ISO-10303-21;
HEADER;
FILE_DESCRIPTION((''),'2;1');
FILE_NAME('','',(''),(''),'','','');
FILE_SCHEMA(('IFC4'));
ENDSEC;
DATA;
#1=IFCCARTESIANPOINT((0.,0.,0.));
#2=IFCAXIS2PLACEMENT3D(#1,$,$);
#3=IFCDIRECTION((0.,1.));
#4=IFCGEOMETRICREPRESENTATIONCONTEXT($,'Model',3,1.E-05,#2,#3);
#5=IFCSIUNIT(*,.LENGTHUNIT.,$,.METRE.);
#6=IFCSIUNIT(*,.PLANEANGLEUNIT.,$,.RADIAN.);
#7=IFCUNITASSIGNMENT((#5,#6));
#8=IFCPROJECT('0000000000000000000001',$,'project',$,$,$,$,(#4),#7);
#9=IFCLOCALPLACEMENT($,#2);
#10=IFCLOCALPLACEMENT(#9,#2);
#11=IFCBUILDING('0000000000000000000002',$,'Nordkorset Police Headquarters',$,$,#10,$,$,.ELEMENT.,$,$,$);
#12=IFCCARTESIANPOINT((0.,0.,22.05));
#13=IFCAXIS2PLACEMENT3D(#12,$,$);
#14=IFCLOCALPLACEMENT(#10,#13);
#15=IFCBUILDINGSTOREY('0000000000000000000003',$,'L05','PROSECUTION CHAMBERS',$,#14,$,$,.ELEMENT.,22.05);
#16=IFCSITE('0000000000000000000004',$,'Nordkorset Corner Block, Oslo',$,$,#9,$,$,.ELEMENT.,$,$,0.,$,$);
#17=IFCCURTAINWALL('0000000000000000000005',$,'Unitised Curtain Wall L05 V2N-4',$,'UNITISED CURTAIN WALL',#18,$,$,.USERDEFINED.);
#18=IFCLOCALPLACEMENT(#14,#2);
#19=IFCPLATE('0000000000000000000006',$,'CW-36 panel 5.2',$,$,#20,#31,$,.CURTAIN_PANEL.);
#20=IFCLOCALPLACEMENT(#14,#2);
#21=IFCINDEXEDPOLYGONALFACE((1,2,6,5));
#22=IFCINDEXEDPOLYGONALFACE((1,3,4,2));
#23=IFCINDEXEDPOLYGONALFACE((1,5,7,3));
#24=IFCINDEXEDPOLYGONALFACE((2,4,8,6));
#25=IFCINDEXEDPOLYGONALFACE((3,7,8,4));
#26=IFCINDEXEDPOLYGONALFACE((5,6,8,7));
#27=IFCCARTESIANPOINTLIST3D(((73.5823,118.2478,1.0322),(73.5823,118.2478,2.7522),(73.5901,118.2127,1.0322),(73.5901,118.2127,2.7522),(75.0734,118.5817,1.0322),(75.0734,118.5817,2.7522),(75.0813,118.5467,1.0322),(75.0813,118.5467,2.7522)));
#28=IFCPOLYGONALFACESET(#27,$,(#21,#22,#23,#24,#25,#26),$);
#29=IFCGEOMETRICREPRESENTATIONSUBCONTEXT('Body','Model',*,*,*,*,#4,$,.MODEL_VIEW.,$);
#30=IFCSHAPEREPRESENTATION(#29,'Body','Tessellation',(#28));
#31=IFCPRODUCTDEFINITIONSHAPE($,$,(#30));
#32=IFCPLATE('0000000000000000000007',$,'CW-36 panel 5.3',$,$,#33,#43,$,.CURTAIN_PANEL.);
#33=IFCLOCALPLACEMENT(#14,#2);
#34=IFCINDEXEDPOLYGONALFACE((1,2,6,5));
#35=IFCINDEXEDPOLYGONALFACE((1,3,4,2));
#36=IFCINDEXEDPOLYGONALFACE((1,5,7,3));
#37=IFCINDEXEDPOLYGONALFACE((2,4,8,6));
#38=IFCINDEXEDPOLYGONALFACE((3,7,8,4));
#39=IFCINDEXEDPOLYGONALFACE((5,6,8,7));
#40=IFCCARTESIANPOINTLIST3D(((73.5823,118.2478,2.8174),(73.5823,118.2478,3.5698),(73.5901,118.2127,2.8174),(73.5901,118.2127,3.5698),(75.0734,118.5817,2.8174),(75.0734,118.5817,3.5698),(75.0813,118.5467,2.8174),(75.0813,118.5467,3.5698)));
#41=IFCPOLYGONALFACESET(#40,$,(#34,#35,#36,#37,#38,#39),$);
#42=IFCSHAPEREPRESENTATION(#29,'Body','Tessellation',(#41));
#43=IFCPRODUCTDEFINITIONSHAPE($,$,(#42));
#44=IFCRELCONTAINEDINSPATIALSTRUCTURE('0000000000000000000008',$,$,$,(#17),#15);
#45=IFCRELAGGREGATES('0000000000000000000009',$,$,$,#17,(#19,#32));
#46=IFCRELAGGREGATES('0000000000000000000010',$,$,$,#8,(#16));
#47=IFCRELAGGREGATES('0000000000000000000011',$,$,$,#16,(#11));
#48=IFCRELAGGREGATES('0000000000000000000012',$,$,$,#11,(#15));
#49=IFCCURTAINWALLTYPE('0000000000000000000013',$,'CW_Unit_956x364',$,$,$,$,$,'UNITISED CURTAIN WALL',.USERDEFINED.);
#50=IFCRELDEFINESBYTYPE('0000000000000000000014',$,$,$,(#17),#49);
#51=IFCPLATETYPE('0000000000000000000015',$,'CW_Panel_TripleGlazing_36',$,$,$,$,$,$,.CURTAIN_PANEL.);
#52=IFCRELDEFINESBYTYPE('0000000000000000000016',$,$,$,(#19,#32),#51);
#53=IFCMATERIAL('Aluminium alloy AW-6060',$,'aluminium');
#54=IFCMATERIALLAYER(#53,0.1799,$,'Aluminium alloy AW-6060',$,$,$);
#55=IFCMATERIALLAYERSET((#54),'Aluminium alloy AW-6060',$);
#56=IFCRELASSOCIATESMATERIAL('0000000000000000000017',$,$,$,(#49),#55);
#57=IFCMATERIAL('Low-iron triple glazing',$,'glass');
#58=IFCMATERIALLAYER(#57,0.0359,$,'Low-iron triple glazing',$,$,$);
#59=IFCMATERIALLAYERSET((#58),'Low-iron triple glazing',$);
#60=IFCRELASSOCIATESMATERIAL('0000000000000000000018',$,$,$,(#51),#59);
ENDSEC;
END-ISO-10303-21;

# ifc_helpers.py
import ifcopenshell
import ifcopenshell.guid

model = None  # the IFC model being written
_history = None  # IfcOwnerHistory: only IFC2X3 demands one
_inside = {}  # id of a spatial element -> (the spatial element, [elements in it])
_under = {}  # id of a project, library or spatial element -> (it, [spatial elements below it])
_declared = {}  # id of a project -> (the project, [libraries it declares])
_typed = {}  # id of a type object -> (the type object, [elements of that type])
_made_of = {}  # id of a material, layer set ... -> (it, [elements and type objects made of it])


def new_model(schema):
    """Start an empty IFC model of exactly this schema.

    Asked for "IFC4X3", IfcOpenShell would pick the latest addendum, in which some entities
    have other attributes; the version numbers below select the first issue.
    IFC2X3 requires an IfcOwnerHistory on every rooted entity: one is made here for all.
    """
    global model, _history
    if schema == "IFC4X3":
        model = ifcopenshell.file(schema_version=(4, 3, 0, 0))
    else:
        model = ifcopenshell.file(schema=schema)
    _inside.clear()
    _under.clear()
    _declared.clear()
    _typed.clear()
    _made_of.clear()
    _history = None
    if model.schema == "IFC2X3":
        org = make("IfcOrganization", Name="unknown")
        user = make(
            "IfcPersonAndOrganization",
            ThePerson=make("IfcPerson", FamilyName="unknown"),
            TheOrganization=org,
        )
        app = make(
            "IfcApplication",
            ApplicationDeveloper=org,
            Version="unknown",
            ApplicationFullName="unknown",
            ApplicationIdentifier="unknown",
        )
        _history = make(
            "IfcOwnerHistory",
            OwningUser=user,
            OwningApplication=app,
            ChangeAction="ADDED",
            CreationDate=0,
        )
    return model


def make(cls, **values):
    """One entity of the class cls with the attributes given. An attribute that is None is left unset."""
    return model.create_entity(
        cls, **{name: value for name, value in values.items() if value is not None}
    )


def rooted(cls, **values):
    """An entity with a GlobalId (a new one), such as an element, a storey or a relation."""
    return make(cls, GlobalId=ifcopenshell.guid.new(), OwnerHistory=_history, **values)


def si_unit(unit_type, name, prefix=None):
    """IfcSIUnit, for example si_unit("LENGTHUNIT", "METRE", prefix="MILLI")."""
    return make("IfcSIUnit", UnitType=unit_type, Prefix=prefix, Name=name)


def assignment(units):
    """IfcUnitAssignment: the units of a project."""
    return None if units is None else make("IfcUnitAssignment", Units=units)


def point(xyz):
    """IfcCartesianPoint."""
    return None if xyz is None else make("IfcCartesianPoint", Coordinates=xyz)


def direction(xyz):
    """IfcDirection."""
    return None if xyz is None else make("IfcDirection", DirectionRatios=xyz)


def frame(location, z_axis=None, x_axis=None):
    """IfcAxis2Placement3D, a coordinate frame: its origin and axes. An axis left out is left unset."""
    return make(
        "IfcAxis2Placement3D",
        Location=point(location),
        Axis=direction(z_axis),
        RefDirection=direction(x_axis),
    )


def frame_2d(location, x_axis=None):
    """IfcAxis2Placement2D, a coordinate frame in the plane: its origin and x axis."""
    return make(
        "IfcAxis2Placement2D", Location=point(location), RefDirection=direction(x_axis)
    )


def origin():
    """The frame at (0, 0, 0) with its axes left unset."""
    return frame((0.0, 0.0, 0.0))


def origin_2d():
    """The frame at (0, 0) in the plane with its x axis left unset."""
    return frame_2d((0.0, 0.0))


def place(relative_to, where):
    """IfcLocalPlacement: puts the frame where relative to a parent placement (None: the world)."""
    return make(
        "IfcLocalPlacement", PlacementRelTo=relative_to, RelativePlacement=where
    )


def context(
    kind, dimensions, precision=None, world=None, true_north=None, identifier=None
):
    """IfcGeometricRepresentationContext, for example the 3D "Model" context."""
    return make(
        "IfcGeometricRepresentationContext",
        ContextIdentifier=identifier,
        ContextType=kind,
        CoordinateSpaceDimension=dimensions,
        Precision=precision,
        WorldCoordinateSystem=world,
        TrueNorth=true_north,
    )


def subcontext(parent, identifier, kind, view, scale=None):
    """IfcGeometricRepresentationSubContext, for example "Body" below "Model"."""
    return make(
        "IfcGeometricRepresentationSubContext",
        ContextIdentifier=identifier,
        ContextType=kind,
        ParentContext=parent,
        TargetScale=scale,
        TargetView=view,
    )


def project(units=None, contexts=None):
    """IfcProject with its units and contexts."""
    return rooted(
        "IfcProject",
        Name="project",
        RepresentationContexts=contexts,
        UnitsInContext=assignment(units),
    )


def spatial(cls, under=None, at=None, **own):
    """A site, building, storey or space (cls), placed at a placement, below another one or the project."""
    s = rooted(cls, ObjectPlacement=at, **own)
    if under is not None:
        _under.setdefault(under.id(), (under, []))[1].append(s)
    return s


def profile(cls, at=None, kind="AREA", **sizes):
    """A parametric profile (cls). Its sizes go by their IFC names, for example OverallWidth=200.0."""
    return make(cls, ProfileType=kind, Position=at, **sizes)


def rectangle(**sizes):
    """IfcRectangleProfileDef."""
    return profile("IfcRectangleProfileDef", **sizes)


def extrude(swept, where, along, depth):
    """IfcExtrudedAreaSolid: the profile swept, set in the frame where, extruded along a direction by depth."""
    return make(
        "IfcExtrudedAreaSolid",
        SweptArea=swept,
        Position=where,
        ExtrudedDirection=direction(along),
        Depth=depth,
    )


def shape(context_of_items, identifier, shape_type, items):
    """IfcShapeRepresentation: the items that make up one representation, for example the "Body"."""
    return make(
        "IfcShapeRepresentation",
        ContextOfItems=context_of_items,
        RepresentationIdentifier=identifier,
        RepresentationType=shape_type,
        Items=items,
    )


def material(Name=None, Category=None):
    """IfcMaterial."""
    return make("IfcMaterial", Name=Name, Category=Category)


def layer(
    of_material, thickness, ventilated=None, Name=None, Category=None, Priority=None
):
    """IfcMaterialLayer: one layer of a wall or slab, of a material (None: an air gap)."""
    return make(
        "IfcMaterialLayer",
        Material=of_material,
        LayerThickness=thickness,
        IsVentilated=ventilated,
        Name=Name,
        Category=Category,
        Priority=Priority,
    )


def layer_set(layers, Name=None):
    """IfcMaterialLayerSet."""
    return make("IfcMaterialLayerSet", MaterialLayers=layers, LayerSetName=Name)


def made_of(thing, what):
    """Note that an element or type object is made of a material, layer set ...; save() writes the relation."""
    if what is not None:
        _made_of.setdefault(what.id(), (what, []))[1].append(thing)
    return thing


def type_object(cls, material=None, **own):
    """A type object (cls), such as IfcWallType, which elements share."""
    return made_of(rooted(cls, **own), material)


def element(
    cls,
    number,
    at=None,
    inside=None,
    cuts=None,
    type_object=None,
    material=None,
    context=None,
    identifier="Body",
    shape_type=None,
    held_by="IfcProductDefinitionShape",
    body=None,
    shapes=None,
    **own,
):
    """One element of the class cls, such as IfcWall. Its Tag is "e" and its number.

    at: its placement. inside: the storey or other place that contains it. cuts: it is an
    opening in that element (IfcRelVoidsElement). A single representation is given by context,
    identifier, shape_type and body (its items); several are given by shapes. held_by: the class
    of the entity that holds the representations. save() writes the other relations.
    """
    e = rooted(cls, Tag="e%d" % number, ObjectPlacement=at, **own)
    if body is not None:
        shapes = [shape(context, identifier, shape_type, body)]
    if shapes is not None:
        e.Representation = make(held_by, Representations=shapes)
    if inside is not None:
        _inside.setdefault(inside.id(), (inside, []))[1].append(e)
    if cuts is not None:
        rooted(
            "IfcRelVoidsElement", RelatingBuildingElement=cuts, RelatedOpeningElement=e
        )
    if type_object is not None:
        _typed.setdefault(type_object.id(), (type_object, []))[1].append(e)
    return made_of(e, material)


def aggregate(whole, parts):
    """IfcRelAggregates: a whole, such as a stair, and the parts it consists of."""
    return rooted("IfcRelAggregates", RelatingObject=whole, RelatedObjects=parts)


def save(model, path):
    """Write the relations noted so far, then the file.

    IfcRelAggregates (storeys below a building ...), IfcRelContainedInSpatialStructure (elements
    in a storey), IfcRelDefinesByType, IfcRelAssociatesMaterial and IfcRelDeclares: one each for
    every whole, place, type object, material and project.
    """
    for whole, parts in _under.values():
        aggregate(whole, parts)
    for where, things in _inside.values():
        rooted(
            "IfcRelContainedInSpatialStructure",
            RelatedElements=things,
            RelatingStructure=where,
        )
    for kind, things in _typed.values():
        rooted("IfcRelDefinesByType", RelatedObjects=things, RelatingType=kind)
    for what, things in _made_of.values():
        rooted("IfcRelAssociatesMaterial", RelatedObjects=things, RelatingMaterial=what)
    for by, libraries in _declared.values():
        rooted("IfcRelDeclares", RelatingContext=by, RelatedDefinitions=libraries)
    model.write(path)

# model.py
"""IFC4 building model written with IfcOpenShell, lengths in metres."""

from ifc_helpers import new_model, si_unit, direction, frame, origin, origin_2d, place, context, subcontext, project, spatial, rectangle, extrude, material, layer, layer_set, type_object, element, aggregate, save


model = new_model("IFC4")

# Units and contexts
model_context = context("Model", 3, precision=1e-05, world=origin(), true_north=direction((0.0, 1.0)))
body_context = subcontext(model_context, "Body", "Model", "MODEL_VIEW")
ifc_project = project(units=[si_unit("LENGTHUNIT", "METRE"), si_unit("PLANEANGLEUNIT", "RADIAN")], contexts=[model_context])

# Site, building, storey
site_placement = place(None, origin())
site = spatial("IfcSite", under=ifc_project, at=site_placement, Name="Nordkorset Corner Block, Oslo", CompositionType="ELEMENT", RefElevation=0.0)
building_placement = place(site_placement, origin())
building = spatial("IfcBuilding", under=site, at=building_placement, Name="Nordkorset Police Headquarters", CompositionType="ELEMENT")
storey_placement = place(building_placement, frame((0.0, 0.0, 22.05)))
storey = spatial("IfcBuildingStorey", under=building, at=storey_placement, Name="L05", Description="PROSECUTION CHAMBERS", CompositionType="ELEMENT", Elevation=22.05)

# Curtain wall, plates
ifc_material_1 = material(Name="Aluminium alloy AW-6060", Category="aluminium")
ifc_layer_1 = layer(ifc_material_1, 0.1799, Name="Aluminium alloy AW-6060")
ifc_layer_set_1 = layer_set([ifc_layer_1], Name="Aluminium alloy AW-6060")
curtain_wall_type = type_object("IfcCurtainWallType", Name="CW_Unit_956x364", ElementType="UNITISED CURTAIN WALL", PredefinedType="USERDEFINED", material=ifc_layer_set_1)
curtain_wall_placement = place(storey_placement, origin())
curtain_wall = element("IfcCurtainWall", 1, at=curtain_wall_placement, inside=storey, type_object=curtain_wall_type, Name="Unitised Curtain Wall L05 V2N-4", ObjectType="UNITISED CURTAIN WALL", PredefinedType="USERDEFINED")
ifc_material_2 = material(Name="Low-iron triple glazing", Category="glass")
ifc_layer_2 = layer(ifc_material_2, 0.0359, Name="Low-iron triple glazing")
ifc_layer_set_2 = layer_set([ifc_layer_2], Name="Low-iron triple glazing")
plate_type = type_object("IfcPlateType", Name="CW_Panel_TripleGlazing_36", PredefinedType="CURTAIN_PANEL", material=ifc_layer_set_2)
plate_1_placement = place(storey_placement, frame((74.3318, 118.3972, 1.0322), z_axis=(0.0, 0.0, 1.0), x_axis=(0.975827, 0.218544, 0.0)))
plate_1 = element("IfcPlate", 2, at=plate_1_placement, type_object=plate_type, Name="CW-36 panel 5.2", PredefinedType="CURTAIN_PANEL", context=body_context, shape_type="SweptSolid", body=[
    extrude(rectangle(XDim=1.5281, YDim=0.0359, at=origin_2d()), origin(), (0.0, 0.0, 1.0), 1.72),
])
plate_2_placement = place(storey_placement, frame((74.3318, 118.3972, 2.8174), z_axis=(0.0, 0.0, 1.0), x_axis=(0.975827, 0.218544, 0.0)))
plate_2 = element("IfcPlate", 3, at=plate_2_placement, type_object=plate_type, Name="CW-36 panel 5.3", PredefinedType="CURTAIN_PANEL", context=body_context, shape_type="SweptSolid", body=[
    extrude(rectangle(XDim=1.5281, YDim=0.0359, at=origin_2d()), origin(), (0.0, 0.0, 1.0), 0.7524),
])
aggregate(curtain_wall, [plate_1, plate_2])

save(model, "model.ifc")
